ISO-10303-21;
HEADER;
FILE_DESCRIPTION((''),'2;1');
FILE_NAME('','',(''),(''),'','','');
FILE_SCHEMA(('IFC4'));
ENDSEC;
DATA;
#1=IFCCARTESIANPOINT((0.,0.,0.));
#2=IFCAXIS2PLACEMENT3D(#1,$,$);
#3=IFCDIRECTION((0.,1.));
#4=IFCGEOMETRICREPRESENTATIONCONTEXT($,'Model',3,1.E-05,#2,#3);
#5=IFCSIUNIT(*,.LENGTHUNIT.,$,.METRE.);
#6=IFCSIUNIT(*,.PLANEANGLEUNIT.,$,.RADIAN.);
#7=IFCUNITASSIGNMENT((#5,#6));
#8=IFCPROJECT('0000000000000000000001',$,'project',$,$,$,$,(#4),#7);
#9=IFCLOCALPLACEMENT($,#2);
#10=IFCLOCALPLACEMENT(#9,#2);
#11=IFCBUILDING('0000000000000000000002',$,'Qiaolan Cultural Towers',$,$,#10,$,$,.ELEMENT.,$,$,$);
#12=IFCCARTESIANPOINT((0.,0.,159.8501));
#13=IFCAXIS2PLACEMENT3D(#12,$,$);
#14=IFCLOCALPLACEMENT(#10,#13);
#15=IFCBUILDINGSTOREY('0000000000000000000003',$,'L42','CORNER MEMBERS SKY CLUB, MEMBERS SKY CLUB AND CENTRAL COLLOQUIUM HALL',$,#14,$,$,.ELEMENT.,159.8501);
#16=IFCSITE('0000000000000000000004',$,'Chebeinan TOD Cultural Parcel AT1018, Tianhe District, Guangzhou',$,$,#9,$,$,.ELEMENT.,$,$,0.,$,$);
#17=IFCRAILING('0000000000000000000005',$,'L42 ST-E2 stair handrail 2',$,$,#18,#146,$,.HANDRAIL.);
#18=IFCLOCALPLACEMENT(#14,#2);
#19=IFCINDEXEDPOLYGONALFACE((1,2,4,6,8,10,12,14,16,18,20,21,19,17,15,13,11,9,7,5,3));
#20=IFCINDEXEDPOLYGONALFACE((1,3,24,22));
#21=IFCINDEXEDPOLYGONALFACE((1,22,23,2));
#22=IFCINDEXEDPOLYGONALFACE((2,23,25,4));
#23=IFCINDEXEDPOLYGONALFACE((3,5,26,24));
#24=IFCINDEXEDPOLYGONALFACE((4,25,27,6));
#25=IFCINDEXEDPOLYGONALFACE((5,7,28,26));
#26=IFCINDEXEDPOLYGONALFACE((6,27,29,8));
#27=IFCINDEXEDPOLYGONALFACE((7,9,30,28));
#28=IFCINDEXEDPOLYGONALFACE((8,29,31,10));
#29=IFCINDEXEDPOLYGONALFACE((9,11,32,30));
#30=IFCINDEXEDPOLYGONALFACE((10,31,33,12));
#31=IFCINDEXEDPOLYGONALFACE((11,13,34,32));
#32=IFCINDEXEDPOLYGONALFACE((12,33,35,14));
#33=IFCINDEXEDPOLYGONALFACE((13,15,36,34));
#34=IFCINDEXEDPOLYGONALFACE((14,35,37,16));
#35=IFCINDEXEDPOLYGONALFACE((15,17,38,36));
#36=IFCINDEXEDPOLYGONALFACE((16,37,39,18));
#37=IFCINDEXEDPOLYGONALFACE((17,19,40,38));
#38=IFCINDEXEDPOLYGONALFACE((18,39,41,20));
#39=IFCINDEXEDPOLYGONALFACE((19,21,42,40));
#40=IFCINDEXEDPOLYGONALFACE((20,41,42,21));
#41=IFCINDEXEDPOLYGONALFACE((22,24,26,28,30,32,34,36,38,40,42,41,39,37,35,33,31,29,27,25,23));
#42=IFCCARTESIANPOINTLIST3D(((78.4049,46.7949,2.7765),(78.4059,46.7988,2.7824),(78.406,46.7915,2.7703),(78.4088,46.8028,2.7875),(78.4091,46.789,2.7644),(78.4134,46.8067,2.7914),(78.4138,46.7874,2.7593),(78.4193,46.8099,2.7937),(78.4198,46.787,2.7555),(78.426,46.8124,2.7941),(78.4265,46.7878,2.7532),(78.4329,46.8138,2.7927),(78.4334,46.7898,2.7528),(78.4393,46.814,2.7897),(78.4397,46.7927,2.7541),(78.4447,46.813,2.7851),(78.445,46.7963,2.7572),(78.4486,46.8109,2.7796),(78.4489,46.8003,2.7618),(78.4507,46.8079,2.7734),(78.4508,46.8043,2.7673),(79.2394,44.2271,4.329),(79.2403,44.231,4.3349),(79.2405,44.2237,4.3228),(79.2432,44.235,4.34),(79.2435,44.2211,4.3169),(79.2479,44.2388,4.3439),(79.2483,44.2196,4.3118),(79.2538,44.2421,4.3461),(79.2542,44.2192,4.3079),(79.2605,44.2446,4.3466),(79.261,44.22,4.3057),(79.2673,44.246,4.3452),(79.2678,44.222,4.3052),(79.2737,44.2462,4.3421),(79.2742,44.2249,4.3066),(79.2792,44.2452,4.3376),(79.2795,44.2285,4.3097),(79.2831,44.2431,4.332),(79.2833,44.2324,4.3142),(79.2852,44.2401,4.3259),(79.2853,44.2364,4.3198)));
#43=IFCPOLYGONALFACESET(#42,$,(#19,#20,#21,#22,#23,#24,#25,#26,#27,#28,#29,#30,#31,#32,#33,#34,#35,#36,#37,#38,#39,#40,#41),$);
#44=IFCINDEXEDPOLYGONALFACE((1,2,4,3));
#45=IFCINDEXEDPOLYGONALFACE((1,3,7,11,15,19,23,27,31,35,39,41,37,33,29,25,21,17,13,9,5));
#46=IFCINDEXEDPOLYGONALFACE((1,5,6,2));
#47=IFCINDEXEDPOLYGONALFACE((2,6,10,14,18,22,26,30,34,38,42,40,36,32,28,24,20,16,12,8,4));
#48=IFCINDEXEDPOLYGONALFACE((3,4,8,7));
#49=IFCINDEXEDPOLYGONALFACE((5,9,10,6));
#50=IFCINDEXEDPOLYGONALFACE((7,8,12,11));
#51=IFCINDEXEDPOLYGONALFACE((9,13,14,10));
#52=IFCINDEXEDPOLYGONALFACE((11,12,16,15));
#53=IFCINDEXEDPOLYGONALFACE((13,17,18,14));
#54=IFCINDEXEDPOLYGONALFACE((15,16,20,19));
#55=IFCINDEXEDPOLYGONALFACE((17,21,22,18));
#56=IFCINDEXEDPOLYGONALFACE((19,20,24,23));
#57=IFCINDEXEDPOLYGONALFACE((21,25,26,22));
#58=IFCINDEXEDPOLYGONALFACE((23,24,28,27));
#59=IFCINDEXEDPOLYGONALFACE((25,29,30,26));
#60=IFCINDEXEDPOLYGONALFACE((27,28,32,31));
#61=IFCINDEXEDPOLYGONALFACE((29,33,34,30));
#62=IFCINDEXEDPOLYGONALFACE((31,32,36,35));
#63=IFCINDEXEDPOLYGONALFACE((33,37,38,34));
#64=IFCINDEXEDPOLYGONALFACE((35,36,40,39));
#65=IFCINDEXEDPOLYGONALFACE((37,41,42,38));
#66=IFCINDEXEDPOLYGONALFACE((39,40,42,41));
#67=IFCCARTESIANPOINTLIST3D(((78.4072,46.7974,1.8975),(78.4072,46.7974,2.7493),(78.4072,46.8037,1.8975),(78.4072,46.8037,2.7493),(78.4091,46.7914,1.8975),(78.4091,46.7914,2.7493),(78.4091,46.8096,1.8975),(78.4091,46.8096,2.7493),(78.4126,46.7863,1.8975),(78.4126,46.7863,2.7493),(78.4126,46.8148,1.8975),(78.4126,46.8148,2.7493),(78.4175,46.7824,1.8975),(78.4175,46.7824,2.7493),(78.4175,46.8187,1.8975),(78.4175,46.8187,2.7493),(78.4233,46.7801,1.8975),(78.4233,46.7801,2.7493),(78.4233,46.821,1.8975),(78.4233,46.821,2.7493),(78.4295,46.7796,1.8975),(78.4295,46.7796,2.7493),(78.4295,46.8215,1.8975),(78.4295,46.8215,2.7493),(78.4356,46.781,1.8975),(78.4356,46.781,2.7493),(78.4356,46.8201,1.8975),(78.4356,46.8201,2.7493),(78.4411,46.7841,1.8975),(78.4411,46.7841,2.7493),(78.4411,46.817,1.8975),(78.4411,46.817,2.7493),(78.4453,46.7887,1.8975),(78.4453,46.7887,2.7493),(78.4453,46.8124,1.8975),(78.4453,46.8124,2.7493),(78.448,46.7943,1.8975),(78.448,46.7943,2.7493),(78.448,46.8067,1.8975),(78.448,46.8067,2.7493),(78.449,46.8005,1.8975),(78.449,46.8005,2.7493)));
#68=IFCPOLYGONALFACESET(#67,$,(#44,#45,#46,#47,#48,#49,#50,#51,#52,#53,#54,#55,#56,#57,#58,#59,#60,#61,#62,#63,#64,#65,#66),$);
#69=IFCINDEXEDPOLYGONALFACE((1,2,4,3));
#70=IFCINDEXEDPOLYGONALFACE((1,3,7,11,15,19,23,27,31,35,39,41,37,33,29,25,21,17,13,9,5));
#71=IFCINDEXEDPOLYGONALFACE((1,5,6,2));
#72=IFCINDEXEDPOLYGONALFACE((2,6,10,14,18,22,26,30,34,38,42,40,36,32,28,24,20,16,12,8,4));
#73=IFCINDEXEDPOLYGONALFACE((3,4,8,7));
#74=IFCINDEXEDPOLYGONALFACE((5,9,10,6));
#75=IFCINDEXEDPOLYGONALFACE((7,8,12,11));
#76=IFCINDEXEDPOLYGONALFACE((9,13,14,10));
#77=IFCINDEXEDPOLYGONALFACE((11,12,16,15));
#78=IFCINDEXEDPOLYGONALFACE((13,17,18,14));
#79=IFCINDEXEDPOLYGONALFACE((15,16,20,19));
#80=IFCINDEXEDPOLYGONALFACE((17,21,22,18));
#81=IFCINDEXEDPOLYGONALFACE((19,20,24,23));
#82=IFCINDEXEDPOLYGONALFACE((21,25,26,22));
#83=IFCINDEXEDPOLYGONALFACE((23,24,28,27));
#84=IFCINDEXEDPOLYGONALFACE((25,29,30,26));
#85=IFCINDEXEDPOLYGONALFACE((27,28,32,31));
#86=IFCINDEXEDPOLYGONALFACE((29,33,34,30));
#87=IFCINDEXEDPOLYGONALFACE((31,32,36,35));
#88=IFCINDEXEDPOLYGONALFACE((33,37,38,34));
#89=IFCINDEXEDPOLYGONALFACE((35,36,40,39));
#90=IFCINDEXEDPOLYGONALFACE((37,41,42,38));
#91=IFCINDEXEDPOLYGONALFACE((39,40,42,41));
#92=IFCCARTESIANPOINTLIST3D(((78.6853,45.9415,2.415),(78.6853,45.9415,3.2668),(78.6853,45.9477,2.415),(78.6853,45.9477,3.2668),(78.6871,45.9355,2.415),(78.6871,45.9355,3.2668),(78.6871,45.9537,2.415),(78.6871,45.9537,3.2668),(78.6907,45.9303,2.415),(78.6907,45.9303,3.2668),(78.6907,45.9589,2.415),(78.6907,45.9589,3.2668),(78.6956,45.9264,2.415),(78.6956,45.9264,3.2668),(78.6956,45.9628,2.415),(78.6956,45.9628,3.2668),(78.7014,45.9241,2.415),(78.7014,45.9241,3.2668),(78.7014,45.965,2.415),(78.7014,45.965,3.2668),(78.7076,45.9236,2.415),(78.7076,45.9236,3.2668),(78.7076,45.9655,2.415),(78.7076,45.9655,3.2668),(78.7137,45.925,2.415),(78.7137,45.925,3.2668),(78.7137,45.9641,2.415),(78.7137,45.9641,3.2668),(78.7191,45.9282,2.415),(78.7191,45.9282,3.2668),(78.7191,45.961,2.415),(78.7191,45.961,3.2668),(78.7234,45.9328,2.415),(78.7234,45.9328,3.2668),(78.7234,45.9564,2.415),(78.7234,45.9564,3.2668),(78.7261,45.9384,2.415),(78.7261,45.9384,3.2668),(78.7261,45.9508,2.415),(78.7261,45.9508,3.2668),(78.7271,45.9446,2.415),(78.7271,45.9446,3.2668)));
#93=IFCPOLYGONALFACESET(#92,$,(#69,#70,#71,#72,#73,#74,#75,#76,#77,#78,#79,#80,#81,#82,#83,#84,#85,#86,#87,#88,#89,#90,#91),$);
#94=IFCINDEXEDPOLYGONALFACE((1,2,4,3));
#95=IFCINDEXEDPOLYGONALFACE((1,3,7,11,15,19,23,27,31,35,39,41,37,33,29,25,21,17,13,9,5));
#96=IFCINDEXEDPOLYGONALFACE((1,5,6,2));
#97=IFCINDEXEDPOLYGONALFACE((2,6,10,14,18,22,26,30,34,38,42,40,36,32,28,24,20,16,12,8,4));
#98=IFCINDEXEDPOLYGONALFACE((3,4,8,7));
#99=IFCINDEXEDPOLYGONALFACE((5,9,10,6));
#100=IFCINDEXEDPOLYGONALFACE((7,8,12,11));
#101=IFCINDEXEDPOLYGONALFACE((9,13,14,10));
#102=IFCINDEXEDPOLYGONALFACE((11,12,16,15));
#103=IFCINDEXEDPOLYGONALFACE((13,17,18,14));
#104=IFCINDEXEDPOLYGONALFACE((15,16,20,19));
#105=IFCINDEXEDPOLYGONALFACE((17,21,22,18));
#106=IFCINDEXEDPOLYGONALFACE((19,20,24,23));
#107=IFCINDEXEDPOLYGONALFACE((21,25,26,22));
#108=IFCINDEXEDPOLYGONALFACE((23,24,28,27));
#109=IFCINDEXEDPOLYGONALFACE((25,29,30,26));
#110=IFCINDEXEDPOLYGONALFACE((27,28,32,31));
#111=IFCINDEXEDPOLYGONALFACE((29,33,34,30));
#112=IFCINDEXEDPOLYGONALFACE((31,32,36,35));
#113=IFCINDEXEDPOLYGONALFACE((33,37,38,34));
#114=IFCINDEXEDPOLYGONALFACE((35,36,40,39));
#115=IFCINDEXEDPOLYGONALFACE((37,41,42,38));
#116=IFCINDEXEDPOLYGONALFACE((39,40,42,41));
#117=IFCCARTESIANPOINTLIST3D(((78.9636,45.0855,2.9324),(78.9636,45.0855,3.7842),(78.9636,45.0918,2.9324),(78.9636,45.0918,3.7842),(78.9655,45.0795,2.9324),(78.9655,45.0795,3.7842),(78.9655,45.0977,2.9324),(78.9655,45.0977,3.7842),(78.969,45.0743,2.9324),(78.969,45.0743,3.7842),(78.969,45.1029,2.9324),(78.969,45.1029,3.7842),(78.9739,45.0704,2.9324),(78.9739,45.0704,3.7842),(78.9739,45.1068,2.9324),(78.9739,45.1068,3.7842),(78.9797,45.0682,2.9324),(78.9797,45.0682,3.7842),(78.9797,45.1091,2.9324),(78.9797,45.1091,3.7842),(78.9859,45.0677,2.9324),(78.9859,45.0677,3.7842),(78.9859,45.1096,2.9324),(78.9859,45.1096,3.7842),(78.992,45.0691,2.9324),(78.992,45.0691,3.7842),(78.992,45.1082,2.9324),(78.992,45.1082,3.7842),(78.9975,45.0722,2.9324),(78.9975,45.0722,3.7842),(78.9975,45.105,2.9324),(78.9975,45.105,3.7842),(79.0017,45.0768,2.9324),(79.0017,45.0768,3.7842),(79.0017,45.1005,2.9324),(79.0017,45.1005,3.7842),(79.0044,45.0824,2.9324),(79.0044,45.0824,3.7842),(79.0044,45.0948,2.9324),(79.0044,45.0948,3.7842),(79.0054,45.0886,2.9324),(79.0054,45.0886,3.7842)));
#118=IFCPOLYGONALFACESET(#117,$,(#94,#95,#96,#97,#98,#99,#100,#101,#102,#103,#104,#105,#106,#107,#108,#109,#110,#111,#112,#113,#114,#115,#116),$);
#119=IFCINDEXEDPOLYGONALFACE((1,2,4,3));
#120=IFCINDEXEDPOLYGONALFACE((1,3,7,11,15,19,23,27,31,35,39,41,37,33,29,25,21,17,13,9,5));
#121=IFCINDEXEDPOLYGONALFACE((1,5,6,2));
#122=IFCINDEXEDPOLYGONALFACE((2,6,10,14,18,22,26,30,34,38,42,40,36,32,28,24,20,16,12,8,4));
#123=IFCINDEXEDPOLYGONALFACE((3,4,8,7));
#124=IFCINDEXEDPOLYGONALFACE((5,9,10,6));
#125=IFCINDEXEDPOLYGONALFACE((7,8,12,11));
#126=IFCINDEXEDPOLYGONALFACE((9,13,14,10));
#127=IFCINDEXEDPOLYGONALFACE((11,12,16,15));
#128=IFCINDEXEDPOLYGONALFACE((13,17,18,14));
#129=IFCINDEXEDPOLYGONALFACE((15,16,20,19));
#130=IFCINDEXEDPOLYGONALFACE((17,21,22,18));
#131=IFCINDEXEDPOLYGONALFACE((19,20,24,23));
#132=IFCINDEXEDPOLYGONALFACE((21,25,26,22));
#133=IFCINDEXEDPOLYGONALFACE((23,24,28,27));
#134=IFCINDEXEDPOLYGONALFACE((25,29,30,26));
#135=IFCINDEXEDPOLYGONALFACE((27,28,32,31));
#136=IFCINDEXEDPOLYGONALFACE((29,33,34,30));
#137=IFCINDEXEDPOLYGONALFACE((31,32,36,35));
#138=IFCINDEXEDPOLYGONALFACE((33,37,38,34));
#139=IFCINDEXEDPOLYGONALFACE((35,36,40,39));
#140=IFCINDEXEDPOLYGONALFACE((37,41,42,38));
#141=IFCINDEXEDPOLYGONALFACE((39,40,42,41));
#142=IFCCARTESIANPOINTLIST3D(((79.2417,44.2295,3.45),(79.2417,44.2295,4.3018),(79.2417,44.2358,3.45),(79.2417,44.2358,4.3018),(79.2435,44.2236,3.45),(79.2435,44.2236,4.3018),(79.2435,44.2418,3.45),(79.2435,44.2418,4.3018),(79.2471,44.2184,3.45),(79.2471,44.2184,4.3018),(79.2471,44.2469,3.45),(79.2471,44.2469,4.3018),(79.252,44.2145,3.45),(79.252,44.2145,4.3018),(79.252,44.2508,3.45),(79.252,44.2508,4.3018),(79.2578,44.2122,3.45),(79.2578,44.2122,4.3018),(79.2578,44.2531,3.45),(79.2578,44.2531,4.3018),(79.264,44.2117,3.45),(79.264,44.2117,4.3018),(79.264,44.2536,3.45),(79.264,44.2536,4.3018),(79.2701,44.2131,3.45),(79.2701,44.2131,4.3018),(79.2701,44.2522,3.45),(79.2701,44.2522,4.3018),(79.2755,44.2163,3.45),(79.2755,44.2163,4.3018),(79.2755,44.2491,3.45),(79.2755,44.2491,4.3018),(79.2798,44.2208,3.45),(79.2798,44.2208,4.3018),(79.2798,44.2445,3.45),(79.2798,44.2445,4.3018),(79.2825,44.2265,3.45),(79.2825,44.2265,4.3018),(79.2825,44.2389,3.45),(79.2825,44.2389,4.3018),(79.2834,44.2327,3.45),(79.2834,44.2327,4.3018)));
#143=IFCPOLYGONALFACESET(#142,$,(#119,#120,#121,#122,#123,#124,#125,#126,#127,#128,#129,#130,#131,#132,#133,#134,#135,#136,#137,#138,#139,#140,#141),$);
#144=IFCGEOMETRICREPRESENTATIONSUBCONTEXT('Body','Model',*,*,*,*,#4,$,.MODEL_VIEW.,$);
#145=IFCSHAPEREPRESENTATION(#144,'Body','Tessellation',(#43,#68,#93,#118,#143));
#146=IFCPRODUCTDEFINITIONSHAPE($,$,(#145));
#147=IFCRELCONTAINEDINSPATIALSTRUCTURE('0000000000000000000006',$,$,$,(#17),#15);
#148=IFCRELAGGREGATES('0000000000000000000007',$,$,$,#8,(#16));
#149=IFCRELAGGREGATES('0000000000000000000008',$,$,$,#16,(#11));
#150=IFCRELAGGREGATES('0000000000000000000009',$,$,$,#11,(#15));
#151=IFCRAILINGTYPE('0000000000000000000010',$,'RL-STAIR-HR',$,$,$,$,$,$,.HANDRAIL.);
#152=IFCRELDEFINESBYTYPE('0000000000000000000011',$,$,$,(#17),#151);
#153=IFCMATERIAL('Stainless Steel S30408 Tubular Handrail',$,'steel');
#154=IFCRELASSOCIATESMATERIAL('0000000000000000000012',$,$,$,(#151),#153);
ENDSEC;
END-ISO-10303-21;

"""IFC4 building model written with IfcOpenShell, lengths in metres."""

from ifc_helpers import new_model, si_unit, direction, frame, origin, origin_2d, place, context, subcontext, project, spatial, circle, extrude, material, type_object, element, save


model = new_model("IFC4")

# Units and contexts
model_context = context("Model", 3, precision=1e-05, world=origin(), true_north=direction((0.0, 1.0)))
body_context = subcontext(model_context, "Body", "Model", "MODEL_VIEW")
ifc_project = project(units=[si_unit("LENGTHUNIT", "METRE"), si_unit("PLANEANGLEUNIT", "RADIAN")], contexts=[model_context])

# Site, building, storey
site_placement = place(None, origin())
site = spatial("IfcSite", under=ifc_project, at=site_placement, Name="Chebeinan TOD Cultural Parcel AT1018, Tianhe District, Guangzhou", CompositionType="ELEMENT", RefElevation=0.0)
building_placement = place(site_placement, origin())
building = spatial("IfcBuilding", under=site, at=building_placement, Name="Qiaolan Cultural Towers", CompositionType="ELEMENT")
storey_placement = place(building_placement, frame((0.0, 0.0, 159.8501)))
storey = spatial("IfcBuildingStorey", under=building, at=storey_placement, Name="L42", Description="CORNER MEMBERS SKY CLUB, MEMBERS SKY CLUB AND CENTRAL COLLOQUIUM HALL", CompositionType="ELEMENT", Elevation=159.8501)

# Railing
ifc_material_1 = material(Name="Stainless Steel S30408 Tubular Handrail", Category="steel")
railing_type_1 = type_object("IfcRailingType", Name="RL-STAIR-HR", PredefinedType="HANDRAIL", material=ifc_material_1)
railing_1_placement = place(storey_placement, frame((78.428, 46.8005, 1.8975)))
element("IfcRailing", 1, at=railing_1_placement, inside=storey, type_object=railing_type_1, Name="L42 ST-E2 stair handrail 2", PredefinedType="HANDRAIL", context=body_context, shape_type="SweptSolid", body=[
    extrude(circle(Radius=0.0239, at=origin_2d()), frame((0.0, 0.0, 0.876), z_axis=(0.267926, -0.824471, 0.498461), x_axis=(0.951043, 0.309057, 0.0)), (0.0, 0.0, 1.0), 3.1145),
    extrude(circle(Radius=0.021, at=origin_2d()), origin(), (0.0, 0.0, 1.0), 0.8518),
    extrude(circle(Radius=0.021, at=origin_2d()), frame((0.2781, -0.856, 0.5176)), (0.0, 0.0, 1.0), 0.8518),
    extrude(circle(Radius=0.021, at=origin_2d()), frame((0.5564, -1.7119, 1.0349)), (0.0, 0.0, 1.0), 0.8518),
    extrude(circle(Radius=0.021, at=origin_2d()), frame((0.8345, -2.5679, 1.5525)), (0.0, 0.0, 1.0), 0.8518),
])

save(model, "model.ifc")
